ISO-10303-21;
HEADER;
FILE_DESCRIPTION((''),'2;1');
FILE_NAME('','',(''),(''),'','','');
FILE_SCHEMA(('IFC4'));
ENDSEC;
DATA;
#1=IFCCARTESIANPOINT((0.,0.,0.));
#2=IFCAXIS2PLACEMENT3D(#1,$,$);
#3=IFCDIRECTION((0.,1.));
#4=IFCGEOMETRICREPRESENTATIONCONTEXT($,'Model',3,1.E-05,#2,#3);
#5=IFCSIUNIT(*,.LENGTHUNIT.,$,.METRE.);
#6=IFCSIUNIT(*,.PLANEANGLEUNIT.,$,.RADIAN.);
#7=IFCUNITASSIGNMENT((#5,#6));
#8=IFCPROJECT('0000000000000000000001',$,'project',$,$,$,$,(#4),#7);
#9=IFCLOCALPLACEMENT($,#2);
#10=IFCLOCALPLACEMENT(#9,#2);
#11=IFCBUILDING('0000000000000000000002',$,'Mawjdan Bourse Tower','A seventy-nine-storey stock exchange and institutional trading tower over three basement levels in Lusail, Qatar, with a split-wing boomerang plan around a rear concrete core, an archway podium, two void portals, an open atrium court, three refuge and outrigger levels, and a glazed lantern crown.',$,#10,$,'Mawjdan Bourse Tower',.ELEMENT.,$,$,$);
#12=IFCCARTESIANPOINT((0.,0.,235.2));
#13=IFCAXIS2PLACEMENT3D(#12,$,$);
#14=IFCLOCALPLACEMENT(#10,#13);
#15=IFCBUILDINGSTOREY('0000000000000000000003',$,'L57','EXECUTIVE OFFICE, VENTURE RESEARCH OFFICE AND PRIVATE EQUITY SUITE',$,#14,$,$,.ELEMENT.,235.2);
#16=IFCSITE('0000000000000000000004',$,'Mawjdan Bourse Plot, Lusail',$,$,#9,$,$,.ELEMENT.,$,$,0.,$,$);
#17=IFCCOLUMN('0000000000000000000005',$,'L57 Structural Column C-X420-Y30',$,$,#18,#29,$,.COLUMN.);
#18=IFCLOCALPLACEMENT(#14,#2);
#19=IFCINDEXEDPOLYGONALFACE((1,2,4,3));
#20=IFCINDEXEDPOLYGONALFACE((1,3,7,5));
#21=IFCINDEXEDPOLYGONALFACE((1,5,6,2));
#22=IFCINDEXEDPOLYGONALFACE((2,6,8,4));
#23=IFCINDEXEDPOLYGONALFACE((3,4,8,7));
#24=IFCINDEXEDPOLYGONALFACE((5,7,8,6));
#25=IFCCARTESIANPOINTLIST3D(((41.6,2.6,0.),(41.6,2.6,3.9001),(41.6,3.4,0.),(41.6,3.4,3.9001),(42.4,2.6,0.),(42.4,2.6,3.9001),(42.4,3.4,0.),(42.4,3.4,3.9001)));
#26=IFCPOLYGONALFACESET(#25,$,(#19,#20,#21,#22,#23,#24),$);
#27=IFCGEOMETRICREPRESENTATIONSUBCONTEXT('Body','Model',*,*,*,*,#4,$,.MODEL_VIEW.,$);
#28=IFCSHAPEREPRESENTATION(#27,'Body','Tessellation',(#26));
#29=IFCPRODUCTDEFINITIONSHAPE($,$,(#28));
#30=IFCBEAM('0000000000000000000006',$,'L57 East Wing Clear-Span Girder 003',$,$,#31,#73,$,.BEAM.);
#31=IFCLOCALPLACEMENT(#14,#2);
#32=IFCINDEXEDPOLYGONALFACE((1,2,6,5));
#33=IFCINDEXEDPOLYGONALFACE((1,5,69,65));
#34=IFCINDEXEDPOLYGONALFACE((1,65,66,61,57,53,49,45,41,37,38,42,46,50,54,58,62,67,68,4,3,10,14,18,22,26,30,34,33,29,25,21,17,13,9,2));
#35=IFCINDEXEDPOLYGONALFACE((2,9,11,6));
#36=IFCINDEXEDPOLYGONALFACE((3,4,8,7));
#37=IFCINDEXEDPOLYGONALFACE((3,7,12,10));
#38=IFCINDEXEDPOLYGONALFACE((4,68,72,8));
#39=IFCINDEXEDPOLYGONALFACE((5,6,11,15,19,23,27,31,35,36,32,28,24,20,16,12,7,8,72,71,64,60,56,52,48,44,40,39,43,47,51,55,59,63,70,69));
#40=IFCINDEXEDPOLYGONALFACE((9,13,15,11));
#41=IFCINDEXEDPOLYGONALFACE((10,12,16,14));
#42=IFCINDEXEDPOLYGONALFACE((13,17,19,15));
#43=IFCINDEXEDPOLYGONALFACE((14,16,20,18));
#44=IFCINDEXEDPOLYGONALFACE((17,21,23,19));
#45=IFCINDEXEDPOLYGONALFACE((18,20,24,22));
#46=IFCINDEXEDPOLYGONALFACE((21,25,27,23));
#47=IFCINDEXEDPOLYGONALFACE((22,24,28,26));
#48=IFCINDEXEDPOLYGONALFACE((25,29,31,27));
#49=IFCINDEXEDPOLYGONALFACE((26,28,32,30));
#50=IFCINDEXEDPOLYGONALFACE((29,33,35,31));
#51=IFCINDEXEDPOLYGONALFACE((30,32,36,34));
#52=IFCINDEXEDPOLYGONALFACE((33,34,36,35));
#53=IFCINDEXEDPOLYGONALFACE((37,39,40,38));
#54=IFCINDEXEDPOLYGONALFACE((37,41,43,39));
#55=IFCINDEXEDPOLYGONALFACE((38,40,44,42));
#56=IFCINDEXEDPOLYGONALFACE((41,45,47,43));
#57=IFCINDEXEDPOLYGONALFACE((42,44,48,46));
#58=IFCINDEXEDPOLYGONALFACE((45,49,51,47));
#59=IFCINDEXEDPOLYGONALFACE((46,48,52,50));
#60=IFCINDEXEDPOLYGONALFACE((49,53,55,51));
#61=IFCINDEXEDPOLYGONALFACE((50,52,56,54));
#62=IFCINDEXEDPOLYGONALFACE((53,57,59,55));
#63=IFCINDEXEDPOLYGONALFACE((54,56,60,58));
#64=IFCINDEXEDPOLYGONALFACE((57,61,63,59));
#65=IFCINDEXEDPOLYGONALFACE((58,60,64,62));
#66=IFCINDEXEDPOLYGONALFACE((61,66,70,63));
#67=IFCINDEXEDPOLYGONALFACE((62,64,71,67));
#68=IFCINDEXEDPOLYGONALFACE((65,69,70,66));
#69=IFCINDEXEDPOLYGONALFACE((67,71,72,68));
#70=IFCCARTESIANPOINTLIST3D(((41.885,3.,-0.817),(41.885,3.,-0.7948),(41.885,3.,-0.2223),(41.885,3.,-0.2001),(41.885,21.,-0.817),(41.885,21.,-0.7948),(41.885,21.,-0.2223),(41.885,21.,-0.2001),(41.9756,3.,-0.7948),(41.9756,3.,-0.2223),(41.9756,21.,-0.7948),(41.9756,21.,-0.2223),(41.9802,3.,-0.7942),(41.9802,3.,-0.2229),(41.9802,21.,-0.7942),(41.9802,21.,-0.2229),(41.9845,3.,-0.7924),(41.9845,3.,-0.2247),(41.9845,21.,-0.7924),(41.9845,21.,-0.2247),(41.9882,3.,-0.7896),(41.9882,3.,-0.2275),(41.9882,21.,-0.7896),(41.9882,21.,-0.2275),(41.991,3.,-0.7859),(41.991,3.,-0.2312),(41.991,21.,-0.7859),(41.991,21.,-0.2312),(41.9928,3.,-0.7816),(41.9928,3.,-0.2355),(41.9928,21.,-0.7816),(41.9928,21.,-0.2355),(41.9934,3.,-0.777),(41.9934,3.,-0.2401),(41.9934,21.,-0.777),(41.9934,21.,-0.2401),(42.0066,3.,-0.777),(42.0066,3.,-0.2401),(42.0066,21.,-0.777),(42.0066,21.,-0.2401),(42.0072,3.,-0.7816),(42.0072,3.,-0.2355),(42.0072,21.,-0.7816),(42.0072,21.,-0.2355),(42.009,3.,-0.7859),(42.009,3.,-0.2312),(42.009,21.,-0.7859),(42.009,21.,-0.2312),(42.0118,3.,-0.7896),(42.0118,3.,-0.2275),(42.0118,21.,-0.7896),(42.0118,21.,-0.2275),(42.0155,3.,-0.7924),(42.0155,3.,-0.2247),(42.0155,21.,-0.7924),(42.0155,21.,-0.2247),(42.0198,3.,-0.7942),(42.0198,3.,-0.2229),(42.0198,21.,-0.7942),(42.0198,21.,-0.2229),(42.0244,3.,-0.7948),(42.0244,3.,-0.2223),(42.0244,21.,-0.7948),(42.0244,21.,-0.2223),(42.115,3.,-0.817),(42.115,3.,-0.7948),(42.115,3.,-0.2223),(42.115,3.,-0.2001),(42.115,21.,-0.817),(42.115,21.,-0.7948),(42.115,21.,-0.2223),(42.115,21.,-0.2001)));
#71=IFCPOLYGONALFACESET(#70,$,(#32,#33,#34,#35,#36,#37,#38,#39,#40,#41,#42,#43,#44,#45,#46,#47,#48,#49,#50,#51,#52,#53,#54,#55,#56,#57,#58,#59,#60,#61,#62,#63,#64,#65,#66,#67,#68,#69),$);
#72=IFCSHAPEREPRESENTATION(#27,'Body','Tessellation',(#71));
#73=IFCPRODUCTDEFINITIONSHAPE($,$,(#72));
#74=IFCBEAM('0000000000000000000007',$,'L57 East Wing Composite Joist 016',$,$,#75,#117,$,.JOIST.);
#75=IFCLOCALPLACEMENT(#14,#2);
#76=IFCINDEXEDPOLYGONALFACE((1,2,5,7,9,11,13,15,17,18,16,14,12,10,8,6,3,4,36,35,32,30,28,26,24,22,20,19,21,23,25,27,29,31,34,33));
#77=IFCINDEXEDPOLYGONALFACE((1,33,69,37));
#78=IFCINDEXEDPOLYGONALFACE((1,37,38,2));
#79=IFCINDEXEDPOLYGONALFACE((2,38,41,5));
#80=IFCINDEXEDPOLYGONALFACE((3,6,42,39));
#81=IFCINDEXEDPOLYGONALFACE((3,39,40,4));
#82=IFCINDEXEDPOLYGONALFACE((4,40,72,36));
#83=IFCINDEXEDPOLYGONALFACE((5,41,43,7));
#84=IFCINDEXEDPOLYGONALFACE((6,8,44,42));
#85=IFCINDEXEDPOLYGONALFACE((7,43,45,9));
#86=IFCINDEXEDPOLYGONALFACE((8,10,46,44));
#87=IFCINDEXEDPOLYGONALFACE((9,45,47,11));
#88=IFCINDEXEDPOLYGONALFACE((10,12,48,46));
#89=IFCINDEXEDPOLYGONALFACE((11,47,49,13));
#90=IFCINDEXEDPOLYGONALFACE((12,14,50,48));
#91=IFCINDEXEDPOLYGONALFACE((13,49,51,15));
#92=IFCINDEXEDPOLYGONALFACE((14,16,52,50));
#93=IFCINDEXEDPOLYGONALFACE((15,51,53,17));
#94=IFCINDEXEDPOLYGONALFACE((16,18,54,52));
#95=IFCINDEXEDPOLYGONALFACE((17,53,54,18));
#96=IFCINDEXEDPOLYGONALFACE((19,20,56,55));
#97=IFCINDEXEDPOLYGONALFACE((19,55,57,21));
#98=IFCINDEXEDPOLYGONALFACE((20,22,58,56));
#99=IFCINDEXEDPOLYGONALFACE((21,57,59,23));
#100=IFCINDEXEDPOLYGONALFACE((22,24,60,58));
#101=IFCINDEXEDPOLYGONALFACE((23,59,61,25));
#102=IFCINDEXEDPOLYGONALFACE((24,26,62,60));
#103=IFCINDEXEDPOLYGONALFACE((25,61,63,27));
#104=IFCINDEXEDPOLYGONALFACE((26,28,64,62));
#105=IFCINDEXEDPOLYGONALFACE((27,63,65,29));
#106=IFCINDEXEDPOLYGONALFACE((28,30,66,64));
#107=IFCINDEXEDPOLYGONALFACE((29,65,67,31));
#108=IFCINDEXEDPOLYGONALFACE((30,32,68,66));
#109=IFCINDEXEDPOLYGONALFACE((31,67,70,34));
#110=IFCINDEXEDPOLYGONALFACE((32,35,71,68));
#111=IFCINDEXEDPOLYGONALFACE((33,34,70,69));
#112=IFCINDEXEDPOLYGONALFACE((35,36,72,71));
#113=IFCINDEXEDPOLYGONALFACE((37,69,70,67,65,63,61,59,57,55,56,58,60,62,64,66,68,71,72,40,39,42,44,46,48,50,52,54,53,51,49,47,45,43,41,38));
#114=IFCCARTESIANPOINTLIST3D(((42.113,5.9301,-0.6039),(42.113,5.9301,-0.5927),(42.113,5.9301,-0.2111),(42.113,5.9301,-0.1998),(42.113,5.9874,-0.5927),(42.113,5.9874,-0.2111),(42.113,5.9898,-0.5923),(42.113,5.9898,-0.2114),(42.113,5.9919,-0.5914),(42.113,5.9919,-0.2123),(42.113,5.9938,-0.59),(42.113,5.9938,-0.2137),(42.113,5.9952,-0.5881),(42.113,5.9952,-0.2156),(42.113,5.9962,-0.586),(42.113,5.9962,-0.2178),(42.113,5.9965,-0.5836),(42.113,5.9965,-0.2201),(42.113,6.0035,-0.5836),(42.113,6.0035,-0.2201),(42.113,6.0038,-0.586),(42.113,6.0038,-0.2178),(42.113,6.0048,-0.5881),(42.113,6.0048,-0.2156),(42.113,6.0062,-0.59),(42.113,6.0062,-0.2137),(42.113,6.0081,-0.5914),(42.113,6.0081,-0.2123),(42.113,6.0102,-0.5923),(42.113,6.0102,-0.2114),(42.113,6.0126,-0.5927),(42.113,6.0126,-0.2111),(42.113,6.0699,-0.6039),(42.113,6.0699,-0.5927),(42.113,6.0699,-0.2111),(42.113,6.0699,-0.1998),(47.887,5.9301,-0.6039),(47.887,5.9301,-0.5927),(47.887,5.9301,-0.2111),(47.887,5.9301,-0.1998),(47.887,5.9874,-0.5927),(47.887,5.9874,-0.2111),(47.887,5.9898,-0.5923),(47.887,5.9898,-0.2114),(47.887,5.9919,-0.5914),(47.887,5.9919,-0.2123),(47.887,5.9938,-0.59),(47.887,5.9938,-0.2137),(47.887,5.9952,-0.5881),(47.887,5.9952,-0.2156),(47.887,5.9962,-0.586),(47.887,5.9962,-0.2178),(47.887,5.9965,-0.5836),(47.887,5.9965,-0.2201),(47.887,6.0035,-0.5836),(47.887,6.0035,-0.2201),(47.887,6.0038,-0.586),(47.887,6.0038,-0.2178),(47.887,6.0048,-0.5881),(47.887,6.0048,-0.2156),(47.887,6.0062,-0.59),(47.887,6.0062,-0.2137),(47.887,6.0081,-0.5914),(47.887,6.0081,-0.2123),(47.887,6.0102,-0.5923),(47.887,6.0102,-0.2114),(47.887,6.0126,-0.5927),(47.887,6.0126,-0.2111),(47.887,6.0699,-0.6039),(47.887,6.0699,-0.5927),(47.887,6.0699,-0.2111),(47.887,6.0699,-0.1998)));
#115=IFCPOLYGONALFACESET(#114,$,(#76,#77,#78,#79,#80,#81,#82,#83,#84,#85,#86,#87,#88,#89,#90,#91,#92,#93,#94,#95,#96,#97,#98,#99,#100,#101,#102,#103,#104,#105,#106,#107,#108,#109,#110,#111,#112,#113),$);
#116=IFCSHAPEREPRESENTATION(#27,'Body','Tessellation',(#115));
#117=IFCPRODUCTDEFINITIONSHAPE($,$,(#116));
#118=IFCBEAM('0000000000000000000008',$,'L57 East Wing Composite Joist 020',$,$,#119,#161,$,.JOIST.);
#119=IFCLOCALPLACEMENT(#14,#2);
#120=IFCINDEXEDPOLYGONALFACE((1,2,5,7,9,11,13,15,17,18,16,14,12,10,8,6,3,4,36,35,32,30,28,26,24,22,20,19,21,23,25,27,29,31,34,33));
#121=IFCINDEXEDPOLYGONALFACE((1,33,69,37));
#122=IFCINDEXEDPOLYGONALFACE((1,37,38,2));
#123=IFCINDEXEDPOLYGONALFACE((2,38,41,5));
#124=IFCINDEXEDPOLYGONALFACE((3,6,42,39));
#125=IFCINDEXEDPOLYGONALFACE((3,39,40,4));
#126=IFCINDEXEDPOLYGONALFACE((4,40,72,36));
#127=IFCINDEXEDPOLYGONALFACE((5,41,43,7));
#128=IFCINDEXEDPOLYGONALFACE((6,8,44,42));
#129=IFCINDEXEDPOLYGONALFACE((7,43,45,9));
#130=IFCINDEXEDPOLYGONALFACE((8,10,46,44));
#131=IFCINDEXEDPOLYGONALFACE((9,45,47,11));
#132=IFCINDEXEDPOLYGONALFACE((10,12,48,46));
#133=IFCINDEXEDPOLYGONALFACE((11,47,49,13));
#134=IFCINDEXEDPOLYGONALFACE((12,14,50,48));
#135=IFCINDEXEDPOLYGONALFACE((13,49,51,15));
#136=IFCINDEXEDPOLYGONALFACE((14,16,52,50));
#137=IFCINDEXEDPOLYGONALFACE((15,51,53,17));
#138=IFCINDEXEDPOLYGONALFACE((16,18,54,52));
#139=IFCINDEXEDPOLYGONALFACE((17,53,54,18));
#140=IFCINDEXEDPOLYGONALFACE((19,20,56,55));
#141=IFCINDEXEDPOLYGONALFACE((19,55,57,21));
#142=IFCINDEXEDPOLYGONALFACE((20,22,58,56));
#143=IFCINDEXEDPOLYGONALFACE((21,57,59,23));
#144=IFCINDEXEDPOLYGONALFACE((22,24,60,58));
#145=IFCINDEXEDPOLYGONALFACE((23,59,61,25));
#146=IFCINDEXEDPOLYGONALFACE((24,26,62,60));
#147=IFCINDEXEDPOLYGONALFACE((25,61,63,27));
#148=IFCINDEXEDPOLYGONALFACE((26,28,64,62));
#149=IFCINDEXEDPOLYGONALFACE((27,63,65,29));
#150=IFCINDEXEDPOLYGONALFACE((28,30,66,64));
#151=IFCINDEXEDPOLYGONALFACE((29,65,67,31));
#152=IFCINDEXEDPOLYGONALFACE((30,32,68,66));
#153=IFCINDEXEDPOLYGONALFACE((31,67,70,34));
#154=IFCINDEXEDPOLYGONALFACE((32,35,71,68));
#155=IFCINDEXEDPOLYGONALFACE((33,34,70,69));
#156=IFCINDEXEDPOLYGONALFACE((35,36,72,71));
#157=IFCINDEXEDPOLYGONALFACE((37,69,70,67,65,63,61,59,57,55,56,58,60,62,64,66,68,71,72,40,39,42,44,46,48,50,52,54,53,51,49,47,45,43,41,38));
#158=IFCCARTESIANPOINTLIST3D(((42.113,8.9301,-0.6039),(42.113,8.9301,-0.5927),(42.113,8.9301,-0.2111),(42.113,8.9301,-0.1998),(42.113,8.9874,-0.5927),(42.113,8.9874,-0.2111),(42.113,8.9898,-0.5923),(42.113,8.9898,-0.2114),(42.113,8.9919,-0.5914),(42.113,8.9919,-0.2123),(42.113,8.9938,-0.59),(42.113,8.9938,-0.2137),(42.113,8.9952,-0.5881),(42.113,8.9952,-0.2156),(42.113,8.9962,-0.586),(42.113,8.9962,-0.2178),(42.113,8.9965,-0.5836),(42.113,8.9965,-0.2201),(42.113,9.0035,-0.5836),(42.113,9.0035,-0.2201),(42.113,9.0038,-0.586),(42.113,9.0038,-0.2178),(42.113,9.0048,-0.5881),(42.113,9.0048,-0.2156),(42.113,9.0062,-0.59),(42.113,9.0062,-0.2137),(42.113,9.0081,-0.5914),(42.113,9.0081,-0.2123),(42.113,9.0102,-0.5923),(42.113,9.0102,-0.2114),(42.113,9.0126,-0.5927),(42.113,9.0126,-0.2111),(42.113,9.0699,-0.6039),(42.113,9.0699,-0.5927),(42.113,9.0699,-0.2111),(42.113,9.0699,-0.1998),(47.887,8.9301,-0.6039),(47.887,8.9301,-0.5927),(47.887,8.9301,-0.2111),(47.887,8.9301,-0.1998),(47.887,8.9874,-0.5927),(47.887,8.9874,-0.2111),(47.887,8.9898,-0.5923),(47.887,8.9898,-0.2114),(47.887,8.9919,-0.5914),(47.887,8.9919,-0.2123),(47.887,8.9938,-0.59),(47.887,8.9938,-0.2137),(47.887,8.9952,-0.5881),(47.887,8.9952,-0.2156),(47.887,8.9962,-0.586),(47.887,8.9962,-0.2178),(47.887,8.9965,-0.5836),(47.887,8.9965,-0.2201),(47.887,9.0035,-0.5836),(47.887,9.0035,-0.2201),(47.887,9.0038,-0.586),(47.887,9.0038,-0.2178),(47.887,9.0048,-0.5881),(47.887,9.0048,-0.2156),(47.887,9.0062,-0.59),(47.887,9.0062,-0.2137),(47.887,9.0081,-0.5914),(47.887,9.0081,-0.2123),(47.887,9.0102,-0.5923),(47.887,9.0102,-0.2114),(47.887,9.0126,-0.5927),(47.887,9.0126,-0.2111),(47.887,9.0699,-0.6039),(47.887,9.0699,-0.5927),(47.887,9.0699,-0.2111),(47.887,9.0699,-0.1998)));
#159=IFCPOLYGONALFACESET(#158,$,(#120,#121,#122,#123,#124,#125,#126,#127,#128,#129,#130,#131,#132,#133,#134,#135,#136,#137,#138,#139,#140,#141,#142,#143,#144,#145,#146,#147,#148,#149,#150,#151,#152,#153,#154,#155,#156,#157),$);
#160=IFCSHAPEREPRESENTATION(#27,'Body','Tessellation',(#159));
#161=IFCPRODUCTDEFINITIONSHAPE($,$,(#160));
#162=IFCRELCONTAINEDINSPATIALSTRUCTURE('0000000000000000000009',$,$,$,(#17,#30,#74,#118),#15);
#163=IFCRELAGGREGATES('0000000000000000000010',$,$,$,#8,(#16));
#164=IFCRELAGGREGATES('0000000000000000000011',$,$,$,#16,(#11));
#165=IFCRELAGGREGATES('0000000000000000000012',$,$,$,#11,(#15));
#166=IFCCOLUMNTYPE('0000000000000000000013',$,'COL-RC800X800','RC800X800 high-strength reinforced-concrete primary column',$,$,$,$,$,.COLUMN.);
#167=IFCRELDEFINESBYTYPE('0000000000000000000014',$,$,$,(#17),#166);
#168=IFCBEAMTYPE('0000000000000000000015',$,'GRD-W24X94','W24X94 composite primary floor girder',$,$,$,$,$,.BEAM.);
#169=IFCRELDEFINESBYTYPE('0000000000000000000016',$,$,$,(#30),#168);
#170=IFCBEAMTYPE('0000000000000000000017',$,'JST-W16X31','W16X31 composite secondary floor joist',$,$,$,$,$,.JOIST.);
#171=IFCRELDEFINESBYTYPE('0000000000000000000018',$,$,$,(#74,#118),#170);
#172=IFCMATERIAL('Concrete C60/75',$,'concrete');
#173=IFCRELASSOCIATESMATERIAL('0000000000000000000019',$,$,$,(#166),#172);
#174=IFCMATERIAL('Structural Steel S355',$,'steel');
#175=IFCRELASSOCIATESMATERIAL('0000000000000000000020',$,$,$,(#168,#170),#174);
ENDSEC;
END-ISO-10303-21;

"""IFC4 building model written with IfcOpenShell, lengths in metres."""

from ifc_helpers import new_model, si_unit, direction, frame, origin, origin_2d, place, context, subcontext, project, spatial, rectangle, i_section, extrude, material, material_profile, profile_set, type_object, element, save


model = new_model("IFC4")

# Units and contexts
model_context = context("Model", 3, precision=1e-05, world=origin(), true_north=direction((0.0, 1.0)))
body_context = subcontext(model_context, "Body", "Model", "MODEL_VIEW")
ifc_project = project(units=[si_unit("LENGTHUNIT", "METRE"), si_unit("PLANEANGLEUNIT", "RADIAN")], contexts=[model_context])

# Site, building, storey
site_placement = place(None, origin())
site = spatial("IfcSite", under=ifc_project, at=site_placement, Name="Mawjdan Bourse Plot, Lusail", CompositionType="ELEMENT", RefElevation=0.0)
building_placement = place(site_placement, origin())
building = spatial("IfcBuilding", under=site, at=building_placement, Name="Mawjdan Bourse Tower", Description="A seventy-nine-storey stock exchange and institutional trading tower over three basement levels in Lusail, Qatar, with a split-wing boomerang plan around a rear concrete core, an archway podium, two void portals, an open atrium court, three refuge and outrigger levels, and a glazed lantern crown.", LongName="Mawjdan Bourse Tower", CompositionType="ELEMENT")
storey_placement = place(building_placement, frame((0.0, 0.0, 235.2)))
storey = spatial("IfcBuildingStorey", under=building, at=storey_placement, Name="L57", Description="EXECUTIVE OFFICE, VENTURE RESEARCH OFFICE AND PRIVATE EQUITY SUITE", CompositionType="ELEMENT", Elevation=235.2)

# Column
ifc_material_1 = material(Name="Concrete C60/75", Category="concrete")
ifc_material_profile_1 = material_profile(ifc_material_1, rectangle(XDim=0.8, YDim=0.8, at=origin_2d()), Name="RC800X800")
ifc_profile_set_1 = profile_set([ifc_material_profile_1], Name="Concrete C60/75")
column_type = type_object("IfcColumnType", Name="COL-RC800X800", Description="RC800X800 high-strength reinforced-concrete primary column", PredefinedType="COLUMN", material=ifc_profile_set_1)
column_placement = place(storey_placement, frame((42.0, 3.0, 0.0), z_axis=(0.0, 0.0, 1.0), x_axis=(1.0, 0.0, 0.0)))
element("IfcColumn", 1, at=column_placement, inside=storey, type_object=column_type, Name="L57 Structural Column C-X420-Y30", PredefinedType="COLUMN", context=body_context, shape_type="SweptSolid", body=[
    extrude(rectangle(XDim=0.8, YDim=0.8, at=origin_2d()), origin(), (0.0, 0.0, 1.0), 3.9001),
])

# Beams
ifc_material_2 = material(Name="Structural Steel S355", Category="steel")
ifc_material_profile_2 = material_profile(ifc_material_2, i_section(OverallWidth=0.23, OverallDepth=0.6169, WebThickness=0.0132, FlangeThickness=0.0222, FilletRadius=0.0178, at=origin_2d()), Name="W24X94")
ifc_profile_set_2 = profile_set([ifc_material_profile_2], Name="Structural Steel S355")
beam_type_1 = type_object("IfcBeamType", Name="GRD-W24X94", Description="W24X94 composite primary floor girder", PredefinedType="BEAM", material=ifc_profile_set_2)
beam_1_placement = place(storey_placement, frame((42.0, 3.0, -0.5085), z_axis=(0.0, 1.0, 0.0), x_axis=(-1.0, 0.0, 0.0)))
element("IfcBeam", 2, at=beam_1_placement, inside=storey, type_object=beam_type_1, Name="L57 East Wing Clear-Span Girder 003", PredefinedType="BEAM", context=body_context, shape_type="SweptSolid", body=[
    extrude(i_section(OverallWidth=0.23, OverallDepth=0.6169, WebThickness=0.0132, FlangeThickness=0.0222, FilletRadius=0.0178, at=origin_2d()), origin(), (0.0, 0.0, 1.0), 18.0),
])
ifc_material_profile_3 = material_profile(ifc_material_2, i_section(OverallWidth=0.1399, OverallDepth=0.4041, WebThickness=0.0071, FlangeThickness=0.0112, FilletRadius=0.009, at=origin_2d()), Name="W16X31")
ifc_profile_set_3 = profile_set([ifc_material_profile_3], Name="Structural Steel S355")
beam_type_2 = type_object("IfcBeamType", Name="JST-W16X31", Description="W16X31 composite secondary floor joist", PredefinedType="JOIST", material=ifc_profile_set_3)
for number, where, z_axis, x_axis, name in (
    (3, (42.113, 6.0, -0.4019), (1.0, 0.0, 0.0), (0.0, 1.0, 0.0), "L57 East Wing Composite Joist 016"),
    (4, (42.113, 9.0, -0.4019), (1.0, 0.0, 0.0), (0.0, 1.0, 0.0), "L57 East Wing Composite Joist 020"),
):
    element("IfcBeam", number, at=place(storey_placement, frame(where, z_axis=z_axis, x_axis=x_axis)), inside=storey, type_object=beam_type_2, Name=name, PredefinedType="JOIST", context=body_context, shape_type="SweptSolid", body=[
        extrude(i_section(OverallWidth=0.1399, OverallDepth=0.4041, WebThickness=0.0071, FlangeThickness=0.0112, FilletRadius=0.009, at=origin_2d()), origin(), (0.0, 0.0, 1.0), 5.7739),
    ])

save(model, "model.ifc")
